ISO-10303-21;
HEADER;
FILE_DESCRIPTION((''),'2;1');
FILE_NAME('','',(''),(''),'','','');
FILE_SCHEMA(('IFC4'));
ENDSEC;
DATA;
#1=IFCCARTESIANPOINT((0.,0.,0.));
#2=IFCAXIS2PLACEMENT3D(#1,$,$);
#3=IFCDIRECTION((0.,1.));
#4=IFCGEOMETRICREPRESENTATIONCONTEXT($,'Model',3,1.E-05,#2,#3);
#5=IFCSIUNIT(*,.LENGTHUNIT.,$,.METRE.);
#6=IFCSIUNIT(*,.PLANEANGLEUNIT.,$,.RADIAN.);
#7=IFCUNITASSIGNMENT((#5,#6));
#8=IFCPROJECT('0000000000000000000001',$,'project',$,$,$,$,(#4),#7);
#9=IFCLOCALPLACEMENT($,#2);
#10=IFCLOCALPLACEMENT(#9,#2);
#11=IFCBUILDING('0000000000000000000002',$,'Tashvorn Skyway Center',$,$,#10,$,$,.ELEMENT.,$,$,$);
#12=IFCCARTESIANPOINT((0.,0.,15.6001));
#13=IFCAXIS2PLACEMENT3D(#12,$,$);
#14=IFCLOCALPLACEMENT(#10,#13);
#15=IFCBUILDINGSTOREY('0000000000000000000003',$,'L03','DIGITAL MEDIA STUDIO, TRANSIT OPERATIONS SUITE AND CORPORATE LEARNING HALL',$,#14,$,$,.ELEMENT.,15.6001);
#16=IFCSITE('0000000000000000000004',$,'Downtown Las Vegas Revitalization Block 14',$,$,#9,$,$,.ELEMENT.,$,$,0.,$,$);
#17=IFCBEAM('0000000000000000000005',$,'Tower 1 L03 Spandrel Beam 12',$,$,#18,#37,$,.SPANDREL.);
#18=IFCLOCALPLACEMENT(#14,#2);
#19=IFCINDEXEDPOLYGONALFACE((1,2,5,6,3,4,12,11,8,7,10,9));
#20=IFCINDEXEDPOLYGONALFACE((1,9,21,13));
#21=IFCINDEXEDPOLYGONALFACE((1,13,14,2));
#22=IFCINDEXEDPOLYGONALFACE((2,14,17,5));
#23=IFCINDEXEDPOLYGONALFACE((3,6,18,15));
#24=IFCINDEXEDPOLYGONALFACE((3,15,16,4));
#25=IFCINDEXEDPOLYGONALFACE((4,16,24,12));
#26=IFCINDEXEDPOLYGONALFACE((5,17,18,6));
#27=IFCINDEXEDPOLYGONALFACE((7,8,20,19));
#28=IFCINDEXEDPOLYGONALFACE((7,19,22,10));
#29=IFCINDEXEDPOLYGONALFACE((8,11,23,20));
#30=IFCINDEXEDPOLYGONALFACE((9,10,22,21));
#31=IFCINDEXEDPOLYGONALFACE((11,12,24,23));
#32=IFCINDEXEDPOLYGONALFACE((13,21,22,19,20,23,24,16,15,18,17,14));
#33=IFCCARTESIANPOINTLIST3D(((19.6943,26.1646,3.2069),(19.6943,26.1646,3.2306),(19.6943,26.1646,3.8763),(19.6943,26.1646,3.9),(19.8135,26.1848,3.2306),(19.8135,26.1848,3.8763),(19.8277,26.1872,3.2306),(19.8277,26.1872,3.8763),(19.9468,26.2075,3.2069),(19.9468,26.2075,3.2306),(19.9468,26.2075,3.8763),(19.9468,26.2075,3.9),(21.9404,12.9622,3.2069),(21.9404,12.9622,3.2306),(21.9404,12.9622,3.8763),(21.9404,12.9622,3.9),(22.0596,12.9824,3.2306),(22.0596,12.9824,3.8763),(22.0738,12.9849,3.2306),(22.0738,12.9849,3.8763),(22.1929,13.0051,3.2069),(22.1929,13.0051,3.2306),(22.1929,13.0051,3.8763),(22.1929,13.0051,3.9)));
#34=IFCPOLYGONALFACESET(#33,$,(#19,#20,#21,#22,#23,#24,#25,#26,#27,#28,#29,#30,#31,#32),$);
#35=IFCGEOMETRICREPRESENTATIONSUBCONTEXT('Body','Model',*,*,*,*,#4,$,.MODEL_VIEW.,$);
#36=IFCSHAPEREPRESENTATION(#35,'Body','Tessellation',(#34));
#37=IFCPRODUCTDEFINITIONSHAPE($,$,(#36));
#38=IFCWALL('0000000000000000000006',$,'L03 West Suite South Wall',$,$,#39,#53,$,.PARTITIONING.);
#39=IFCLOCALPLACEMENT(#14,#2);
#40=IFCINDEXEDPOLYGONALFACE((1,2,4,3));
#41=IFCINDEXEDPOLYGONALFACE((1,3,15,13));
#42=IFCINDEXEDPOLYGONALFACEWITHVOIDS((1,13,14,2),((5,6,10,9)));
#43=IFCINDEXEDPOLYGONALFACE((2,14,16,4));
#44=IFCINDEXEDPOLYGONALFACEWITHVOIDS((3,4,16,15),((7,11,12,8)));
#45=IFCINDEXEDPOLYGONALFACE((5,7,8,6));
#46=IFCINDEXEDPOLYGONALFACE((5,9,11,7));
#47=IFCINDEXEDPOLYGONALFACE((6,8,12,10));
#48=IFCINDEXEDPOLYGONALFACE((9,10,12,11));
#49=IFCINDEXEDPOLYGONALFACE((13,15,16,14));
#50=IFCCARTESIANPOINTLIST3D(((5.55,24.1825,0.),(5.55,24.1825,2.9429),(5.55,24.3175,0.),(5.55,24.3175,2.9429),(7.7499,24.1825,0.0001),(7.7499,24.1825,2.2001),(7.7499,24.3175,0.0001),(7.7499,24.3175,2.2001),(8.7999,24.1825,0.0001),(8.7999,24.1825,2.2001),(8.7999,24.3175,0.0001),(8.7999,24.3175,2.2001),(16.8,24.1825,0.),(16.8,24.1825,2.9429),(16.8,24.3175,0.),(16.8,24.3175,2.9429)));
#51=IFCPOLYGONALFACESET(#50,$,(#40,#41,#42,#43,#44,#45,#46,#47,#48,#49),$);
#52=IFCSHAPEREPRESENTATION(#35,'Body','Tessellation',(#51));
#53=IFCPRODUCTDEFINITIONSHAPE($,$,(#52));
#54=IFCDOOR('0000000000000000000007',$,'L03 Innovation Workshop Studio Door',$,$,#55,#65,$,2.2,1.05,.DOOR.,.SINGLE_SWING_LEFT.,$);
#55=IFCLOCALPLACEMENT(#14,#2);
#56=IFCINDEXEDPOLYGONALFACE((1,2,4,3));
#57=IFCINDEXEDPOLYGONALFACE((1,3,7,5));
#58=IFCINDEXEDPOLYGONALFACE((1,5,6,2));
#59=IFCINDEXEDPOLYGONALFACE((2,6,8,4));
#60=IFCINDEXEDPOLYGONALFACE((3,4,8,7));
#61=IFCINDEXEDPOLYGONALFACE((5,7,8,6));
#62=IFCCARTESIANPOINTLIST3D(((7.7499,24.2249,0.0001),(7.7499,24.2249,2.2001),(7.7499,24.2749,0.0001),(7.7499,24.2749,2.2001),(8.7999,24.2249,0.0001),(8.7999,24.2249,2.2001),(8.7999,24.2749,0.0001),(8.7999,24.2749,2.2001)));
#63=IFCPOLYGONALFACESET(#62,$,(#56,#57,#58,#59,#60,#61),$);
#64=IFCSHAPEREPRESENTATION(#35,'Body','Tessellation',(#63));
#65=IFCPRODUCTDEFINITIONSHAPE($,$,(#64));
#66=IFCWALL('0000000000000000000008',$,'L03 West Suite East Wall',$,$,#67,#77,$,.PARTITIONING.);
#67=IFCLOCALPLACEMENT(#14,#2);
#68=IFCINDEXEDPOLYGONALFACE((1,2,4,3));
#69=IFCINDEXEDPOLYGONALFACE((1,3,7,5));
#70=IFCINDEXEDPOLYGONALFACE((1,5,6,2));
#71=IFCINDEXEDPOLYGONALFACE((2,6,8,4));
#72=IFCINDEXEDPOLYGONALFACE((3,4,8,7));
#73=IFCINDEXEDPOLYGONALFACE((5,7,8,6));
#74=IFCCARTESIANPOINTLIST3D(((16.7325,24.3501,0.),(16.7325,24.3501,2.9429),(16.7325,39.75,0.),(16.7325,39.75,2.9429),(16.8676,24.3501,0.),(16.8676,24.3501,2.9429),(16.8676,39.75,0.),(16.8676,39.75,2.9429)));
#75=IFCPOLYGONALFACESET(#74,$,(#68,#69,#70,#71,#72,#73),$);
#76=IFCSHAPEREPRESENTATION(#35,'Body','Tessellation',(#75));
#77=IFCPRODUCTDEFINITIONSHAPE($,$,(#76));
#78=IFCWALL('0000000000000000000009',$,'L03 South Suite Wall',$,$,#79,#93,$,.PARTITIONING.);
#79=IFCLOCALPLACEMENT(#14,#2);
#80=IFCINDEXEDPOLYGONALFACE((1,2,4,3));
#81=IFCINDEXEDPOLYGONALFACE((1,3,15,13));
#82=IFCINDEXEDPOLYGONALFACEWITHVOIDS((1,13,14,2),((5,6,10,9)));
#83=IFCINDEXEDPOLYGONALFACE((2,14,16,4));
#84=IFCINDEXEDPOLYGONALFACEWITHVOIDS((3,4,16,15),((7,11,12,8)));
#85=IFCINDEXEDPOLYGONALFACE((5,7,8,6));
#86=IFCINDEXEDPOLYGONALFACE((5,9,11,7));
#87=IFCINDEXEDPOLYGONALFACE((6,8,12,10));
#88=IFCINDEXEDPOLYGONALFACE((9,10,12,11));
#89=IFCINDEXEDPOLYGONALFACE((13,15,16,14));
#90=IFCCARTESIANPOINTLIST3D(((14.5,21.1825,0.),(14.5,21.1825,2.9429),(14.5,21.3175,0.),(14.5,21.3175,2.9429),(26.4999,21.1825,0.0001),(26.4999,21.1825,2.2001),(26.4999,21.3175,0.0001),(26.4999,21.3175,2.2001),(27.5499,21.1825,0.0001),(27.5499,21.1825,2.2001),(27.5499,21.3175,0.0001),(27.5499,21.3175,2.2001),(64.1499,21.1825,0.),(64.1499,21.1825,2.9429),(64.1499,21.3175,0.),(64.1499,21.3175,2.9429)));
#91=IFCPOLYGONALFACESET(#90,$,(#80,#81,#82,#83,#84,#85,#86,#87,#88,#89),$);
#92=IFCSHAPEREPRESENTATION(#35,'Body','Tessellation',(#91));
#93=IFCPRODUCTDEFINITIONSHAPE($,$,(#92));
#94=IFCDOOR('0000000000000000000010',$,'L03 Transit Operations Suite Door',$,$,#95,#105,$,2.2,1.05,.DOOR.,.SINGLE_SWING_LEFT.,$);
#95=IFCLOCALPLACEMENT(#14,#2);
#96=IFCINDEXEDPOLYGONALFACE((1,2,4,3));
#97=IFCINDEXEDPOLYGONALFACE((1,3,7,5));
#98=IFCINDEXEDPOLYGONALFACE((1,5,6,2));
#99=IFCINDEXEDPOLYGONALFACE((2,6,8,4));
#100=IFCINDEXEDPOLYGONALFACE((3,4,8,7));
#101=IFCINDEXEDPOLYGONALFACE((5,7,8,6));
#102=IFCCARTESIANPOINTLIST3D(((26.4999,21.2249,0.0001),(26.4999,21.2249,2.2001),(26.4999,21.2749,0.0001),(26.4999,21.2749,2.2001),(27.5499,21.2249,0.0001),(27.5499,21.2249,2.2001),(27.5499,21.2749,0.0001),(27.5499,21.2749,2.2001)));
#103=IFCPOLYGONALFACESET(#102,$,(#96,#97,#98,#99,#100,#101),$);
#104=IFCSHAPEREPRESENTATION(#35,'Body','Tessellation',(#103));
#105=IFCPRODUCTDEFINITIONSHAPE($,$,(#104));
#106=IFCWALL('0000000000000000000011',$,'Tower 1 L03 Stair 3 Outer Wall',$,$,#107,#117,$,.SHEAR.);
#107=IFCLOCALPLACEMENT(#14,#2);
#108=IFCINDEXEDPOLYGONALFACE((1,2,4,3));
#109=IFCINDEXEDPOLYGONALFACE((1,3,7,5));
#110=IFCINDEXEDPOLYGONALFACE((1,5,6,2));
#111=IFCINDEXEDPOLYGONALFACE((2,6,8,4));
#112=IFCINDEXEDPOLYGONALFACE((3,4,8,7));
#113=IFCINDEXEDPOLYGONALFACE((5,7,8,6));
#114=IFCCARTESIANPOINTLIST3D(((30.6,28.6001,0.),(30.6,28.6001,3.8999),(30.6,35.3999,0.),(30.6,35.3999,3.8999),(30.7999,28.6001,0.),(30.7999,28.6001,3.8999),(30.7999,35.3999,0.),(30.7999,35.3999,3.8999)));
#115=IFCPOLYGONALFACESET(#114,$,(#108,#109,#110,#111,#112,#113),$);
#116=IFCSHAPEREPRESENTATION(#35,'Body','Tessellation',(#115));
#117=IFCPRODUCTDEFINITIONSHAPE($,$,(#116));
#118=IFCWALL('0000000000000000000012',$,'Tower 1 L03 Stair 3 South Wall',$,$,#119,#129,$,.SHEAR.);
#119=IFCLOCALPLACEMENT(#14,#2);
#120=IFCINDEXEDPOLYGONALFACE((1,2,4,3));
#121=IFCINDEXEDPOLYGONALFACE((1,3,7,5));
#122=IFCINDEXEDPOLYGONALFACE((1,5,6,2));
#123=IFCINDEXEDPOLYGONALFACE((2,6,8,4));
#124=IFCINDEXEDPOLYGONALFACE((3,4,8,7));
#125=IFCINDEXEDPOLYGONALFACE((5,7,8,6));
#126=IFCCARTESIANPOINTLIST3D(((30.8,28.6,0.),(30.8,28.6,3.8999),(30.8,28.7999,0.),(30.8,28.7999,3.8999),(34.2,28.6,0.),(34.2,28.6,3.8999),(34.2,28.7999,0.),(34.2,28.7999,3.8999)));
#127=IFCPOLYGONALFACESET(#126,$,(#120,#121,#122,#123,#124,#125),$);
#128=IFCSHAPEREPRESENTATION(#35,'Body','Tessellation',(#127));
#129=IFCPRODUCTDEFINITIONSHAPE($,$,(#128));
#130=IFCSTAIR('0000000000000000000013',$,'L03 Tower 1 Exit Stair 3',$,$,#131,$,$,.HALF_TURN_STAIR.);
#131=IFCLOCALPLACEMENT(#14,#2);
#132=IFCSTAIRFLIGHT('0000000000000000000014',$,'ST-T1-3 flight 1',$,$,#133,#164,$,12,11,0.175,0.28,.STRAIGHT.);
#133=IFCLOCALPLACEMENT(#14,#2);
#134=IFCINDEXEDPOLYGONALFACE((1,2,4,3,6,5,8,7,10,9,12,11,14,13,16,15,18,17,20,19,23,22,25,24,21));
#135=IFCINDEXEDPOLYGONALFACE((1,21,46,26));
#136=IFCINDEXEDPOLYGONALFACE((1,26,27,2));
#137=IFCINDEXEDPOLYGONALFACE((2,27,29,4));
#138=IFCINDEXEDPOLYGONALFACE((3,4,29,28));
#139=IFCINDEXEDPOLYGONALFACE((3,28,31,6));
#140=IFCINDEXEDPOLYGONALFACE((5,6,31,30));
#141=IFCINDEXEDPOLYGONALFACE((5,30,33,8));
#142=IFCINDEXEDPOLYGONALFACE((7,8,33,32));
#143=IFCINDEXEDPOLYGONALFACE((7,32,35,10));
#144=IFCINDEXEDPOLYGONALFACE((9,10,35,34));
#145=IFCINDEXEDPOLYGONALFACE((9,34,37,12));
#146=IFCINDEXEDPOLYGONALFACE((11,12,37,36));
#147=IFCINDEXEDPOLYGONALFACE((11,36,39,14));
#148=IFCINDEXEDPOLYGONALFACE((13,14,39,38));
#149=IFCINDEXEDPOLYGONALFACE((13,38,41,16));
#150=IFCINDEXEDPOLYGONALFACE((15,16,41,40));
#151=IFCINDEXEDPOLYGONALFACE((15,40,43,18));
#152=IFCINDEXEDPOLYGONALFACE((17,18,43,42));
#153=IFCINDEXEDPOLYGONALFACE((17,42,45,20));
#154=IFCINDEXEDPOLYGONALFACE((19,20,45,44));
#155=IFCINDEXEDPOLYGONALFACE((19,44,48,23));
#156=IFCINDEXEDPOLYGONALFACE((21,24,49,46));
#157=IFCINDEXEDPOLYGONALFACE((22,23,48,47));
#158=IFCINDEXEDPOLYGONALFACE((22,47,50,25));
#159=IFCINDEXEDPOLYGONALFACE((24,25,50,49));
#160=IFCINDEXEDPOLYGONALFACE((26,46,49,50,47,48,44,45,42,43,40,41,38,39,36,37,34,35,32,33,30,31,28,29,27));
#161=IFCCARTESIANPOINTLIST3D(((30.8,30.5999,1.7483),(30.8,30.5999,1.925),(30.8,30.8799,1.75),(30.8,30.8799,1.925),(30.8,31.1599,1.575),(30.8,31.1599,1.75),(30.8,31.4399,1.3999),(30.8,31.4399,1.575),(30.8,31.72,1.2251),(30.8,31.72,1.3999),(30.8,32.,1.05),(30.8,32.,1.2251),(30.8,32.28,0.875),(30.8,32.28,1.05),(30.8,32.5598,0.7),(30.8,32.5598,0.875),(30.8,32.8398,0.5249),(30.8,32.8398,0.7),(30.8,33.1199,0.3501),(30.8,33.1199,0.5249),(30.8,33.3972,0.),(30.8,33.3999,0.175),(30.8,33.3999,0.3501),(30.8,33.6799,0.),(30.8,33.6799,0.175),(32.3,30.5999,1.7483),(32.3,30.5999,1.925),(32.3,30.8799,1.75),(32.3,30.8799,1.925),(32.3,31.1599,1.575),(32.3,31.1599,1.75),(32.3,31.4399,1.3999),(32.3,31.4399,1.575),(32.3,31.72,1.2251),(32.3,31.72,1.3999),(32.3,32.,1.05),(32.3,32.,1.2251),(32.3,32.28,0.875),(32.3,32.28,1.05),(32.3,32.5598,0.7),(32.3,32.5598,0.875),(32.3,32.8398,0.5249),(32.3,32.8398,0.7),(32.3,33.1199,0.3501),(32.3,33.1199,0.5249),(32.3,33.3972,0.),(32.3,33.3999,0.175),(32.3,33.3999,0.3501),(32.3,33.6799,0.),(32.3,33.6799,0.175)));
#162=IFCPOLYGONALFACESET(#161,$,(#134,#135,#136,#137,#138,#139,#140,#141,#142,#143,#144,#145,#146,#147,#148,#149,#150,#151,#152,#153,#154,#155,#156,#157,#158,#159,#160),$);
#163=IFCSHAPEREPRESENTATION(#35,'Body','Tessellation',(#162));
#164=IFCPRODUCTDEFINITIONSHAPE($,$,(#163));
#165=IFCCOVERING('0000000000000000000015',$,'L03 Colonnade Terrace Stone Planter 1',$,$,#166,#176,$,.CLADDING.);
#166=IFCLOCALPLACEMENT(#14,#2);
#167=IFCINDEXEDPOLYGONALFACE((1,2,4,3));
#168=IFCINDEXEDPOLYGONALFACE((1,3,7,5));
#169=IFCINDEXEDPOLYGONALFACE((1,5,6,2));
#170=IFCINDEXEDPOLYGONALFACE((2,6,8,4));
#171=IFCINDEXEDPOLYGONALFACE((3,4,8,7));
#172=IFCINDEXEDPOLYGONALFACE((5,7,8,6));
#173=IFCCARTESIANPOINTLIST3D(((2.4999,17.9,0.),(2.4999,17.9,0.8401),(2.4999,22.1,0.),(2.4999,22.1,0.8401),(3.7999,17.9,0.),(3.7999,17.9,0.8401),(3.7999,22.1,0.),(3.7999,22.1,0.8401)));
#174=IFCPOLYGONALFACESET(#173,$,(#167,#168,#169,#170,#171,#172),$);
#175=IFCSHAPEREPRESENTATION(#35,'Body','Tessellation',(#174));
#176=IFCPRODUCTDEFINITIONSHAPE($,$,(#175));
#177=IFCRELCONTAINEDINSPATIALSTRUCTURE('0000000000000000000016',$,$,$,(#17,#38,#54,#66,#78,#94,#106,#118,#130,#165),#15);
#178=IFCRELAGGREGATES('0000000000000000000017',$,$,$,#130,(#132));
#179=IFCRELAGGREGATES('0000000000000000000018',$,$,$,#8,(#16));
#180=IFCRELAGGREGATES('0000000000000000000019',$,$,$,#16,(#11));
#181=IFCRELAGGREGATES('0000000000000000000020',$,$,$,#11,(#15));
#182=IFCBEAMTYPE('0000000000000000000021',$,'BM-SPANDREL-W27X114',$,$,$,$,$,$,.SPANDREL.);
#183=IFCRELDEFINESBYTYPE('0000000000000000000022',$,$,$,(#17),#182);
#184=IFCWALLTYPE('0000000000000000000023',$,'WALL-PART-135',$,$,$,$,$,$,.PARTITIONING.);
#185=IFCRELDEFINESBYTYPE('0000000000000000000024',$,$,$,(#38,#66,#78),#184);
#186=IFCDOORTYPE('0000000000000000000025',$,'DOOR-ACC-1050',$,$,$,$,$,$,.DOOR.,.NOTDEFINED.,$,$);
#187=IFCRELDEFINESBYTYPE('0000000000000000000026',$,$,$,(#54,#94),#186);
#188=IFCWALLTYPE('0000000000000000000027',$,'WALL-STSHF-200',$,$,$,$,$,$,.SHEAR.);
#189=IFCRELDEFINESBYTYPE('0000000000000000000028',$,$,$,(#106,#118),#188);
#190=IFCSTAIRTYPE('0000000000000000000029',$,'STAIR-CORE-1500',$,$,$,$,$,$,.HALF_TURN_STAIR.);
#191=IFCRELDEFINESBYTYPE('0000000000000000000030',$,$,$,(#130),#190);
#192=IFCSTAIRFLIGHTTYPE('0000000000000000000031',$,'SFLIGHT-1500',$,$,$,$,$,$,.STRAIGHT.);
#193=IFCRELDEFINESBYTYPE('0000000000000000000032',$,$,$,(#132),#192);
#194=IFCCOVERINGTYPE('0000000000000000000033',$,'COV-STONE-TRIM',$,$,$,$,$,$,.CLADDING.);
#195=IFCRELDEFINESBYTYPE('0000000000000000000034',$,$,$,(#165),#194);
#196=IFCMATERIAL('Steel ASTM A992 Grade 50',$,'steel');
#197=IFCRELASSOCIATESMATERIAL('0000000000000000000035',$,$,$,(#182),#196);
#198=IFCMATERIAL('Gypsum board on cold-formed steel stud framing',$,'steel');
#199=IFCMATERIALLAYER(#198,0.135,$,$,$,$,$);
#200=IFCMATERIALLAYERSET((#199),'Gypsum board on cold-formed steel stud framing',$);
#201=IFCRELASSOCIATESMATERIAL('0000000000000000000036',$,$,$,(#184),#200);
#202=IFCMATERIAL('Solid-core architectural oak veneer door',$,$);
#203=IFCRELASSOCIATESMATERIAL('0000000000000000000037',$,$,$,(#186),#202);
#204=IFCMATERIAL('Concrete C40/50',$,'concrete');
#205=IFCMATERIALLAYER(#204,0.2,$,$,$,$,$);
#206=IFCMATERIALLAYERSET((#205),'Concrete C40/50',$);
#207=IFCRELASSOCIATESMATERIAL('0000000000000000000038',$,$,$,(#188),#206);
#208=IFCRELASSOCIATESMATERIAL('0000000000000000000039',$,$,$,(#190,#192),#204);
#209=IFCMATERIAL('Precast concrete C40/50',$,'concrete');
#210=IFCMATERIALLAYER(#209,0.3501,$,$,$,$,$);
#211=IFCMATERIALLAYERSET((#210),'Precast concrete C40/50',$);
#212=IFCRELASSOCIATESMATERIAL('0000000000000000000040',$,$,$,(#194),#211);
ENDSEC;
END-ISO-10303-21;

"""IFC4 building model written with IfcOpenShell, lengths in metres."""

from ifc_helpers import new_model, si_unit, direction, frame, frame_2d, origin, origin_2d, place, context, subcontext, project, spatial, polyline, rectangle, i_section, outline, extrude, material, layer, layer_set, material_profile, profile_set, type_object, element, fill, aggregate, save


model = new_model("IFC4")

# Units and contexts
model_context = context("Model", 3, precision=1e-05, world=origin(), true_north=direction((0.0, 1.0)))
body_context = subcontext(model_context, "Body", "Model", "MODEL_VIEW")
ifc_project = project(units=[si_unit("LENGTHUNIT", "METRE"), si_unit("PLANEANGLEUNIT", "RADIAN")], contexts=[model_context])

# Site, building, storey
site_placement = place(None, origin())
site = spatial("IfcSite", under=ifc_project, at=site_placement, Name="Downtown Las Vegas Revitalization Block 14", CompositionType="ELEMENT", RefElevation=0.0)
building_placement = place(site_placement, origin())
building = spatial("IfcBuilding", under=site, at=building_placement, Name="Tashvorn Skyway Center", CompositionType="ELEMENT")
storey_placement = place(building_placement, frame((0.0, 0.0, 15.6001)))
storey = spatial("IfcBuildingStorey", under=building, at=storey_placement, Name="L03", Description="DIGITAL MEDIA STUDIO, TRANSIT OPERATIONS SUITE AND CORPORATE LEARNING HALL", CompositionType="ELEMENT", Elevation=15.6001)

# Beam
ifc_material_1 = material(Name="Steel ASTM A992 Grade 50", Category="steel")
ifc_material_profile_1 = material_profile(ifc_material_1, i_section(OverallWidth=0.2561, OverallDepth=0.6931, WebThickness=0.0144, FlangeThickness=0.0237, at=origin_2d()), Name="W27X114")
ifc_profile_set_1 = profile_set([ifc_material_profile_1], Name="Steel ASTM A992 Grade 50")
beam_type_1 = type_object("IfcBeamType", Name="BM-SPANDREL-W27X114", PredefinedType="SPANDREL", material=ifc_profile_set_1)
beam_1_placement = place(storey_placement, frame((19.8206, 26.186, 3.5535), z_axis=(0.167718, -0.985835, 0.0), x_axis=(0.985835, 0.167718, 0.0)))
element("IfcBeam", 1, at=beam_1_placement, inside=storey, type_object=beam_type_1, Name="Tower 1 L03 Spandrel Beam 12", PredefinedType="SPANDREL", context=body_context, shape_type="SweptSolid", body=[
    extrude(i_section(OverallWidth=0.2561, OverallDepth=0.6931, WebThickness=0.0144, FlangeThickness=0.0237, at=origin_2d()), origin(), (0.0, 0.0, 1.0), 13.3921),
])

# Wall, opening, door
ifc_material_2 = material(Name="Gypsum board on cold-formed steel stud framing", Category="steel")
ifc_layer_1 = layer(ifc_material_2, 0.135)
ifc_layer_set_1 = layer_set([ifc_layer_1], Name="Gypsum board on cold-formed steel stud framing")
wall_type_1 = type_object("IfcWallType", Name="WALL-PART-135", PredefinedType="PARTITIONING", material=ifc_layer_set_1)
wall_1_placement = place(storey_placement, frame((5.55, 24.25, 0.0), z_axis=(0.0, 0.0, 1.0), x_axis=(1.0, 0.0, 0.0)))
wall_1 = element("IfcWall", 2, at=wall_1_placement, inside=storey, type_object=wall_type_1, Name="L03 West Suite South Wall", PredefinedType="PARTITIONING", context=body_context, shape_type="SweptSolid", body=[
    extrude(rectangle(XDim=11.25, YDim=0.135, at=frame_2d((5.625, 0.0))), origin(), (0.0, 0.0, 1.0), 2.9429),
])
opening_1_placement = place(wall_1_placement, frame((2.2, 0.0, 0.0)))
opening_1 = element("IfcOpeningElement", 3, at=opening_1_placement, cuts=wall_1, PredefinedType="OPENING", context=body_context, shape_type="SweptSolid", body=[
    extrude(rectangle(XDim=1.05, YDim=2.2, at=frame_2d((0.5249, 1.1001))), frame((0.0, 0.0774, 0.0), z_axis=(0.0, -1.0, 0.0), x_axis=(1.0, 0.0, 0.0)), (0.0, 0.0, 1.0), 0.155),
])
ifc_material_3 = material(Name="Solid-core architectural oak veneer door")
door_type = type_object("IfcDoorType", Name="DOOR-ACC-1050", OperationType="NOTDEFINED", PredefinedType="DOOR", material=ifc_material_3)
door_1_placement = place(opening_1_placement, origin())
door_1 = element("IfcDoor", 4, at=door_1_placement, inside=storey, type_object=door_type, Name="L03 Innovation Workshop Studio Door", OperationType="SINGLE_SWING_LEFT", OverallHeight=2.2, OverallWidth=1.05, PredefinedType="DOOR", context=body_context, shape_type="SweptSolid", body=[
    extrude(rectangle(XDim=1.05, YDim=2.2, at=frame_2d((0.5249, 1.1001))), frame((0.0, 0.0249, 0.0), z_axis=(0.0, -1.0, 0.0), x_axis=(1.0, 0.0, 0.0)), (0.0, 0.0, 1.0), 0.05),
])
fill(opening_1, door_1)

# Wall
wall_2_placement = place(storey_placement, frame((16.8, 24.3501, 0.0), z_axis=(0.0, 0.0, 1.0), x_axis=(0.0, 1.0, 0.0)))
element("IfcWall", 5, at=wall_2_placement, inside=storey, type_object=wall_type_1, Name="L03 West Suite East Wall", PredefinedType="PARTITIONING", context=body_context, shape_type="SweptSolid", body=[
    extrude(rectangle(XDim=15.3999, YDim=0.135, at=frame_2d((7.7, 0.0))), origin(), (0.0, 0.0, 1.0), 2.9429),
])

# Wall, opening, door
wall_3_placement = place(storey_placement, frame((14.5, 21.25, 0.0), z_axis=(0.0, 0.0, 1.0), x_axis=(1.0, 0.0, 0.0)))
wall_3 = element("IfcWall", 6, at=wall_3_placement, inside=storey, type_object=wall_type_1, Name="L03 South Suite Wall", PredefinedType="PARTITIONING", context=body_context, shape_type="SweptSolid", body=[
    extrude(rectangle(XDim=49.6499, YDim=0.135, at=frame_2d((24.825, 0.0))), origin(), (0.0, 0.0, 1.0), 2.9429),
])
opening_2_placement = place(wall_3_placement, frame((12.0, 0.0, 0.0)))
opening_2 = element("IfcOpeningElement", 7, at=opening_2_placement, cuts=wall_3, PredefinedType="OPENING", context=body_context, shape_type="SweptSolid", body=[
    extrude(rectangle(XDim=1.05, YDim=2.2, at=frame_2d((0.5249, 1.1001))), frame((0.0, 0.0774, 0.0), z_axis=(0.0, -1.0, 0.0), x_axis=(1.0, 0.0, 0.0)), (0.0, 0.0, 1.0), 0.155),
])
door_2_placement = place(opening_2_placement, origin())
door_2 = element("IfcDoor", 8, at=door_2_placement, inside=storey, type_object=door_type, Name="L03 Transit Operations Suite Door", OperationType="SINGLE_SWING_LEFT", OverallHeight=2.2, OverallWidth=1.05, PredefinedType="DOOR", context=body_context, shape_type="SweptSolid", body=[
    extrude(rectangle(XDim=1.05, YDim=2.2, at=frame_2d((0.5249, 1.1001))), frame((0.0, 0.0249, 0.0), z_axis=(0.0, -1.0, 0.0), x_axis=(1.0, 0.0, 0.0)), (0.0, 0.0, 1.0), 0.05),
])
fill(opening_2, door_2)

# Walls
ifc_material_4 = material(Name="Concrete C40/50", Category="concrete")
ifc_layer_2 = layer(ifc_material_4, 0.2)
ifc_layer_set_2 = layer_set([ifc_layer_2], Name="Concrete C40/50")
wall_type_2 = type_object("IfcWallType", Name="WALL-STSHF-200", PredefinedType="SHEAR", material=ifc_layer_set_2)
wall_4_placement = place(storey_placement, frame((30.7, 28.6001, 0.0), z_axis=(0.0, 0.0, 1.0), x_axis=(0.0, 1.0, 0.0)))
element("IfcWall", 9, at=wall_4_placement, inside=storey, type_object=wall_type_2, Name="Tower 1 L03 Stair 3 Outer Wall", PredefinedType="SHEAR", context=body_context, shape_type="SweptSolid", body=[
    extrude(rectangle(XDim=6.7998, YDim=0.2, at=frame_2d((3.3999, 0.0))), origin(), (0.0, 0.0, 1.0), 3.8999),
])
wall_5_placement = place(storey_placement, frame((30.8, 28.7, 0.0), z_axis=(0.0, 0.0, 1.0), x_axis=(1.0, 0.0, 0.0)))
element("IfcWall", 10, at=wall_5_placement, inside=storey, type_object=wall_type_2, Name="Tower 1 L03 Stair 3 South Wall", PredefinedType="SHEAR", context=body_context, shape_type="SweptSolid", body=[
    extrude(rectangle(XDim=3.3999, YDim=0.2, at=frame_2d((1.7, 0.0))), origin(), (0.0, 0.0, 1.0), 3.8999),
])

# Stair, stair flight
stair_type = type_object("IfcStairType", Name="STAIR-CORE-1500", PredefinedType="HALF_TURN_STAIR", material=ifc_material_4)
stair_placement = place(storey_placement, origin())
stair = element("IfcStair", 11, at=stair_placement, inside=storey, type_object=stair_type, Name="L03 Tower 1 Exit Stair 3", PredefinedType="HALF_TURN_STAIR")
stair_flight_type = type_object("IfcStairFlightType", Name="SFLIGHT-1500", PredefinedType="STRAIGHT", material=ifc_material_4)
stair_flight_placement = place(storey_placement, frame((31.55, 33.6799, 0.0), z_axis=(0.0, 0.0, 1.0), x_axis=(0.0, -1.0, 0.0)))
stair_flight = element("IfcStairFlight", 12, at=stair_flight_placement, type_object=stair_flight_type, Name="ST-T1-3 flight 1", NumberOfRisers=12, NumberOfTreads=11, PredefinedType="STRAIGHT", RiserHeight=0.175, TreadLength=0.28, context=body_context, shape_type="SweptSolid", body=[
    extrude(outline(polyline([(0.0, 0.0), (0.0, 0.175), (0.28, 0.175), (0.28, 0.3501), (0.5601, 0.3501), (0.5601, 0.5249), (0.8401, 0.5249), (0.8401, 0.7), (1.1201, 0.7), (1.1201, 0.875), (1.3999, 0.875), (1.3999, 1.05), (1.6799, 1.05), (1.6799, 1.2251), (1.96, 1.2251), (1.96, 1.3999), (2.24, 1.3999), (2.24, 1.575), (2.52, 1.575), (2.52, 1.75), (2.8, 1.75), (2.8, 1.925), (3.0801, 1.925), (3.0801, 2.1001), (3.0801, 1.7483), (0.2827, 0.0), (0.0, 0.0)])), frame((0.0, 0.75, 0.0), z_axis=(0.0, -1.0, 0.0), x_axis=(1.0, 0.0, 0.0)), (0.0, 0.0, 1.0), 1.5),
])
aggregate(stair, [stair_flight])

# Covering
ifc_material_5 = material(Name="Precast concrete C40/50", Category="concrete")
ifc_layer_3 = layer(ifc_material_5, 0.3501)
ifc_layer_set_3 = layer_set([ifc_layer_3], Name="Precast concrete C40/50")
covering_type = type_object("IfcCoveringType", Name="COV-STONE-TRIM", PredefinedType="CLADDING", material=ifc_layer_set_3)
for number, where, z_axis, x_axis, name in (
    (13, (3.1499, 20.0, 0.0), (0.0, 0.0, 1.0), (1.0, 0.0, 0.0), "L03 Colonnade Terrace Stone Planter 1"),
):
    element("IfcCovering", number, at=place(storey_placement, frame(where, z_axis=z_axis, x_axis=x_axis)), inside=storey, type_object=covering_type, Name=name, PredefinedType="CLADDING", context=body_context, shape_type="SweptSolid", body=[
        extrude(rectangle(XDim=1.3, YDim=4.2, at=origin_2d()), origin(), (0.0, 0.0, 1.0), 0.8401),
    ])

save(model, "model.ifc")
